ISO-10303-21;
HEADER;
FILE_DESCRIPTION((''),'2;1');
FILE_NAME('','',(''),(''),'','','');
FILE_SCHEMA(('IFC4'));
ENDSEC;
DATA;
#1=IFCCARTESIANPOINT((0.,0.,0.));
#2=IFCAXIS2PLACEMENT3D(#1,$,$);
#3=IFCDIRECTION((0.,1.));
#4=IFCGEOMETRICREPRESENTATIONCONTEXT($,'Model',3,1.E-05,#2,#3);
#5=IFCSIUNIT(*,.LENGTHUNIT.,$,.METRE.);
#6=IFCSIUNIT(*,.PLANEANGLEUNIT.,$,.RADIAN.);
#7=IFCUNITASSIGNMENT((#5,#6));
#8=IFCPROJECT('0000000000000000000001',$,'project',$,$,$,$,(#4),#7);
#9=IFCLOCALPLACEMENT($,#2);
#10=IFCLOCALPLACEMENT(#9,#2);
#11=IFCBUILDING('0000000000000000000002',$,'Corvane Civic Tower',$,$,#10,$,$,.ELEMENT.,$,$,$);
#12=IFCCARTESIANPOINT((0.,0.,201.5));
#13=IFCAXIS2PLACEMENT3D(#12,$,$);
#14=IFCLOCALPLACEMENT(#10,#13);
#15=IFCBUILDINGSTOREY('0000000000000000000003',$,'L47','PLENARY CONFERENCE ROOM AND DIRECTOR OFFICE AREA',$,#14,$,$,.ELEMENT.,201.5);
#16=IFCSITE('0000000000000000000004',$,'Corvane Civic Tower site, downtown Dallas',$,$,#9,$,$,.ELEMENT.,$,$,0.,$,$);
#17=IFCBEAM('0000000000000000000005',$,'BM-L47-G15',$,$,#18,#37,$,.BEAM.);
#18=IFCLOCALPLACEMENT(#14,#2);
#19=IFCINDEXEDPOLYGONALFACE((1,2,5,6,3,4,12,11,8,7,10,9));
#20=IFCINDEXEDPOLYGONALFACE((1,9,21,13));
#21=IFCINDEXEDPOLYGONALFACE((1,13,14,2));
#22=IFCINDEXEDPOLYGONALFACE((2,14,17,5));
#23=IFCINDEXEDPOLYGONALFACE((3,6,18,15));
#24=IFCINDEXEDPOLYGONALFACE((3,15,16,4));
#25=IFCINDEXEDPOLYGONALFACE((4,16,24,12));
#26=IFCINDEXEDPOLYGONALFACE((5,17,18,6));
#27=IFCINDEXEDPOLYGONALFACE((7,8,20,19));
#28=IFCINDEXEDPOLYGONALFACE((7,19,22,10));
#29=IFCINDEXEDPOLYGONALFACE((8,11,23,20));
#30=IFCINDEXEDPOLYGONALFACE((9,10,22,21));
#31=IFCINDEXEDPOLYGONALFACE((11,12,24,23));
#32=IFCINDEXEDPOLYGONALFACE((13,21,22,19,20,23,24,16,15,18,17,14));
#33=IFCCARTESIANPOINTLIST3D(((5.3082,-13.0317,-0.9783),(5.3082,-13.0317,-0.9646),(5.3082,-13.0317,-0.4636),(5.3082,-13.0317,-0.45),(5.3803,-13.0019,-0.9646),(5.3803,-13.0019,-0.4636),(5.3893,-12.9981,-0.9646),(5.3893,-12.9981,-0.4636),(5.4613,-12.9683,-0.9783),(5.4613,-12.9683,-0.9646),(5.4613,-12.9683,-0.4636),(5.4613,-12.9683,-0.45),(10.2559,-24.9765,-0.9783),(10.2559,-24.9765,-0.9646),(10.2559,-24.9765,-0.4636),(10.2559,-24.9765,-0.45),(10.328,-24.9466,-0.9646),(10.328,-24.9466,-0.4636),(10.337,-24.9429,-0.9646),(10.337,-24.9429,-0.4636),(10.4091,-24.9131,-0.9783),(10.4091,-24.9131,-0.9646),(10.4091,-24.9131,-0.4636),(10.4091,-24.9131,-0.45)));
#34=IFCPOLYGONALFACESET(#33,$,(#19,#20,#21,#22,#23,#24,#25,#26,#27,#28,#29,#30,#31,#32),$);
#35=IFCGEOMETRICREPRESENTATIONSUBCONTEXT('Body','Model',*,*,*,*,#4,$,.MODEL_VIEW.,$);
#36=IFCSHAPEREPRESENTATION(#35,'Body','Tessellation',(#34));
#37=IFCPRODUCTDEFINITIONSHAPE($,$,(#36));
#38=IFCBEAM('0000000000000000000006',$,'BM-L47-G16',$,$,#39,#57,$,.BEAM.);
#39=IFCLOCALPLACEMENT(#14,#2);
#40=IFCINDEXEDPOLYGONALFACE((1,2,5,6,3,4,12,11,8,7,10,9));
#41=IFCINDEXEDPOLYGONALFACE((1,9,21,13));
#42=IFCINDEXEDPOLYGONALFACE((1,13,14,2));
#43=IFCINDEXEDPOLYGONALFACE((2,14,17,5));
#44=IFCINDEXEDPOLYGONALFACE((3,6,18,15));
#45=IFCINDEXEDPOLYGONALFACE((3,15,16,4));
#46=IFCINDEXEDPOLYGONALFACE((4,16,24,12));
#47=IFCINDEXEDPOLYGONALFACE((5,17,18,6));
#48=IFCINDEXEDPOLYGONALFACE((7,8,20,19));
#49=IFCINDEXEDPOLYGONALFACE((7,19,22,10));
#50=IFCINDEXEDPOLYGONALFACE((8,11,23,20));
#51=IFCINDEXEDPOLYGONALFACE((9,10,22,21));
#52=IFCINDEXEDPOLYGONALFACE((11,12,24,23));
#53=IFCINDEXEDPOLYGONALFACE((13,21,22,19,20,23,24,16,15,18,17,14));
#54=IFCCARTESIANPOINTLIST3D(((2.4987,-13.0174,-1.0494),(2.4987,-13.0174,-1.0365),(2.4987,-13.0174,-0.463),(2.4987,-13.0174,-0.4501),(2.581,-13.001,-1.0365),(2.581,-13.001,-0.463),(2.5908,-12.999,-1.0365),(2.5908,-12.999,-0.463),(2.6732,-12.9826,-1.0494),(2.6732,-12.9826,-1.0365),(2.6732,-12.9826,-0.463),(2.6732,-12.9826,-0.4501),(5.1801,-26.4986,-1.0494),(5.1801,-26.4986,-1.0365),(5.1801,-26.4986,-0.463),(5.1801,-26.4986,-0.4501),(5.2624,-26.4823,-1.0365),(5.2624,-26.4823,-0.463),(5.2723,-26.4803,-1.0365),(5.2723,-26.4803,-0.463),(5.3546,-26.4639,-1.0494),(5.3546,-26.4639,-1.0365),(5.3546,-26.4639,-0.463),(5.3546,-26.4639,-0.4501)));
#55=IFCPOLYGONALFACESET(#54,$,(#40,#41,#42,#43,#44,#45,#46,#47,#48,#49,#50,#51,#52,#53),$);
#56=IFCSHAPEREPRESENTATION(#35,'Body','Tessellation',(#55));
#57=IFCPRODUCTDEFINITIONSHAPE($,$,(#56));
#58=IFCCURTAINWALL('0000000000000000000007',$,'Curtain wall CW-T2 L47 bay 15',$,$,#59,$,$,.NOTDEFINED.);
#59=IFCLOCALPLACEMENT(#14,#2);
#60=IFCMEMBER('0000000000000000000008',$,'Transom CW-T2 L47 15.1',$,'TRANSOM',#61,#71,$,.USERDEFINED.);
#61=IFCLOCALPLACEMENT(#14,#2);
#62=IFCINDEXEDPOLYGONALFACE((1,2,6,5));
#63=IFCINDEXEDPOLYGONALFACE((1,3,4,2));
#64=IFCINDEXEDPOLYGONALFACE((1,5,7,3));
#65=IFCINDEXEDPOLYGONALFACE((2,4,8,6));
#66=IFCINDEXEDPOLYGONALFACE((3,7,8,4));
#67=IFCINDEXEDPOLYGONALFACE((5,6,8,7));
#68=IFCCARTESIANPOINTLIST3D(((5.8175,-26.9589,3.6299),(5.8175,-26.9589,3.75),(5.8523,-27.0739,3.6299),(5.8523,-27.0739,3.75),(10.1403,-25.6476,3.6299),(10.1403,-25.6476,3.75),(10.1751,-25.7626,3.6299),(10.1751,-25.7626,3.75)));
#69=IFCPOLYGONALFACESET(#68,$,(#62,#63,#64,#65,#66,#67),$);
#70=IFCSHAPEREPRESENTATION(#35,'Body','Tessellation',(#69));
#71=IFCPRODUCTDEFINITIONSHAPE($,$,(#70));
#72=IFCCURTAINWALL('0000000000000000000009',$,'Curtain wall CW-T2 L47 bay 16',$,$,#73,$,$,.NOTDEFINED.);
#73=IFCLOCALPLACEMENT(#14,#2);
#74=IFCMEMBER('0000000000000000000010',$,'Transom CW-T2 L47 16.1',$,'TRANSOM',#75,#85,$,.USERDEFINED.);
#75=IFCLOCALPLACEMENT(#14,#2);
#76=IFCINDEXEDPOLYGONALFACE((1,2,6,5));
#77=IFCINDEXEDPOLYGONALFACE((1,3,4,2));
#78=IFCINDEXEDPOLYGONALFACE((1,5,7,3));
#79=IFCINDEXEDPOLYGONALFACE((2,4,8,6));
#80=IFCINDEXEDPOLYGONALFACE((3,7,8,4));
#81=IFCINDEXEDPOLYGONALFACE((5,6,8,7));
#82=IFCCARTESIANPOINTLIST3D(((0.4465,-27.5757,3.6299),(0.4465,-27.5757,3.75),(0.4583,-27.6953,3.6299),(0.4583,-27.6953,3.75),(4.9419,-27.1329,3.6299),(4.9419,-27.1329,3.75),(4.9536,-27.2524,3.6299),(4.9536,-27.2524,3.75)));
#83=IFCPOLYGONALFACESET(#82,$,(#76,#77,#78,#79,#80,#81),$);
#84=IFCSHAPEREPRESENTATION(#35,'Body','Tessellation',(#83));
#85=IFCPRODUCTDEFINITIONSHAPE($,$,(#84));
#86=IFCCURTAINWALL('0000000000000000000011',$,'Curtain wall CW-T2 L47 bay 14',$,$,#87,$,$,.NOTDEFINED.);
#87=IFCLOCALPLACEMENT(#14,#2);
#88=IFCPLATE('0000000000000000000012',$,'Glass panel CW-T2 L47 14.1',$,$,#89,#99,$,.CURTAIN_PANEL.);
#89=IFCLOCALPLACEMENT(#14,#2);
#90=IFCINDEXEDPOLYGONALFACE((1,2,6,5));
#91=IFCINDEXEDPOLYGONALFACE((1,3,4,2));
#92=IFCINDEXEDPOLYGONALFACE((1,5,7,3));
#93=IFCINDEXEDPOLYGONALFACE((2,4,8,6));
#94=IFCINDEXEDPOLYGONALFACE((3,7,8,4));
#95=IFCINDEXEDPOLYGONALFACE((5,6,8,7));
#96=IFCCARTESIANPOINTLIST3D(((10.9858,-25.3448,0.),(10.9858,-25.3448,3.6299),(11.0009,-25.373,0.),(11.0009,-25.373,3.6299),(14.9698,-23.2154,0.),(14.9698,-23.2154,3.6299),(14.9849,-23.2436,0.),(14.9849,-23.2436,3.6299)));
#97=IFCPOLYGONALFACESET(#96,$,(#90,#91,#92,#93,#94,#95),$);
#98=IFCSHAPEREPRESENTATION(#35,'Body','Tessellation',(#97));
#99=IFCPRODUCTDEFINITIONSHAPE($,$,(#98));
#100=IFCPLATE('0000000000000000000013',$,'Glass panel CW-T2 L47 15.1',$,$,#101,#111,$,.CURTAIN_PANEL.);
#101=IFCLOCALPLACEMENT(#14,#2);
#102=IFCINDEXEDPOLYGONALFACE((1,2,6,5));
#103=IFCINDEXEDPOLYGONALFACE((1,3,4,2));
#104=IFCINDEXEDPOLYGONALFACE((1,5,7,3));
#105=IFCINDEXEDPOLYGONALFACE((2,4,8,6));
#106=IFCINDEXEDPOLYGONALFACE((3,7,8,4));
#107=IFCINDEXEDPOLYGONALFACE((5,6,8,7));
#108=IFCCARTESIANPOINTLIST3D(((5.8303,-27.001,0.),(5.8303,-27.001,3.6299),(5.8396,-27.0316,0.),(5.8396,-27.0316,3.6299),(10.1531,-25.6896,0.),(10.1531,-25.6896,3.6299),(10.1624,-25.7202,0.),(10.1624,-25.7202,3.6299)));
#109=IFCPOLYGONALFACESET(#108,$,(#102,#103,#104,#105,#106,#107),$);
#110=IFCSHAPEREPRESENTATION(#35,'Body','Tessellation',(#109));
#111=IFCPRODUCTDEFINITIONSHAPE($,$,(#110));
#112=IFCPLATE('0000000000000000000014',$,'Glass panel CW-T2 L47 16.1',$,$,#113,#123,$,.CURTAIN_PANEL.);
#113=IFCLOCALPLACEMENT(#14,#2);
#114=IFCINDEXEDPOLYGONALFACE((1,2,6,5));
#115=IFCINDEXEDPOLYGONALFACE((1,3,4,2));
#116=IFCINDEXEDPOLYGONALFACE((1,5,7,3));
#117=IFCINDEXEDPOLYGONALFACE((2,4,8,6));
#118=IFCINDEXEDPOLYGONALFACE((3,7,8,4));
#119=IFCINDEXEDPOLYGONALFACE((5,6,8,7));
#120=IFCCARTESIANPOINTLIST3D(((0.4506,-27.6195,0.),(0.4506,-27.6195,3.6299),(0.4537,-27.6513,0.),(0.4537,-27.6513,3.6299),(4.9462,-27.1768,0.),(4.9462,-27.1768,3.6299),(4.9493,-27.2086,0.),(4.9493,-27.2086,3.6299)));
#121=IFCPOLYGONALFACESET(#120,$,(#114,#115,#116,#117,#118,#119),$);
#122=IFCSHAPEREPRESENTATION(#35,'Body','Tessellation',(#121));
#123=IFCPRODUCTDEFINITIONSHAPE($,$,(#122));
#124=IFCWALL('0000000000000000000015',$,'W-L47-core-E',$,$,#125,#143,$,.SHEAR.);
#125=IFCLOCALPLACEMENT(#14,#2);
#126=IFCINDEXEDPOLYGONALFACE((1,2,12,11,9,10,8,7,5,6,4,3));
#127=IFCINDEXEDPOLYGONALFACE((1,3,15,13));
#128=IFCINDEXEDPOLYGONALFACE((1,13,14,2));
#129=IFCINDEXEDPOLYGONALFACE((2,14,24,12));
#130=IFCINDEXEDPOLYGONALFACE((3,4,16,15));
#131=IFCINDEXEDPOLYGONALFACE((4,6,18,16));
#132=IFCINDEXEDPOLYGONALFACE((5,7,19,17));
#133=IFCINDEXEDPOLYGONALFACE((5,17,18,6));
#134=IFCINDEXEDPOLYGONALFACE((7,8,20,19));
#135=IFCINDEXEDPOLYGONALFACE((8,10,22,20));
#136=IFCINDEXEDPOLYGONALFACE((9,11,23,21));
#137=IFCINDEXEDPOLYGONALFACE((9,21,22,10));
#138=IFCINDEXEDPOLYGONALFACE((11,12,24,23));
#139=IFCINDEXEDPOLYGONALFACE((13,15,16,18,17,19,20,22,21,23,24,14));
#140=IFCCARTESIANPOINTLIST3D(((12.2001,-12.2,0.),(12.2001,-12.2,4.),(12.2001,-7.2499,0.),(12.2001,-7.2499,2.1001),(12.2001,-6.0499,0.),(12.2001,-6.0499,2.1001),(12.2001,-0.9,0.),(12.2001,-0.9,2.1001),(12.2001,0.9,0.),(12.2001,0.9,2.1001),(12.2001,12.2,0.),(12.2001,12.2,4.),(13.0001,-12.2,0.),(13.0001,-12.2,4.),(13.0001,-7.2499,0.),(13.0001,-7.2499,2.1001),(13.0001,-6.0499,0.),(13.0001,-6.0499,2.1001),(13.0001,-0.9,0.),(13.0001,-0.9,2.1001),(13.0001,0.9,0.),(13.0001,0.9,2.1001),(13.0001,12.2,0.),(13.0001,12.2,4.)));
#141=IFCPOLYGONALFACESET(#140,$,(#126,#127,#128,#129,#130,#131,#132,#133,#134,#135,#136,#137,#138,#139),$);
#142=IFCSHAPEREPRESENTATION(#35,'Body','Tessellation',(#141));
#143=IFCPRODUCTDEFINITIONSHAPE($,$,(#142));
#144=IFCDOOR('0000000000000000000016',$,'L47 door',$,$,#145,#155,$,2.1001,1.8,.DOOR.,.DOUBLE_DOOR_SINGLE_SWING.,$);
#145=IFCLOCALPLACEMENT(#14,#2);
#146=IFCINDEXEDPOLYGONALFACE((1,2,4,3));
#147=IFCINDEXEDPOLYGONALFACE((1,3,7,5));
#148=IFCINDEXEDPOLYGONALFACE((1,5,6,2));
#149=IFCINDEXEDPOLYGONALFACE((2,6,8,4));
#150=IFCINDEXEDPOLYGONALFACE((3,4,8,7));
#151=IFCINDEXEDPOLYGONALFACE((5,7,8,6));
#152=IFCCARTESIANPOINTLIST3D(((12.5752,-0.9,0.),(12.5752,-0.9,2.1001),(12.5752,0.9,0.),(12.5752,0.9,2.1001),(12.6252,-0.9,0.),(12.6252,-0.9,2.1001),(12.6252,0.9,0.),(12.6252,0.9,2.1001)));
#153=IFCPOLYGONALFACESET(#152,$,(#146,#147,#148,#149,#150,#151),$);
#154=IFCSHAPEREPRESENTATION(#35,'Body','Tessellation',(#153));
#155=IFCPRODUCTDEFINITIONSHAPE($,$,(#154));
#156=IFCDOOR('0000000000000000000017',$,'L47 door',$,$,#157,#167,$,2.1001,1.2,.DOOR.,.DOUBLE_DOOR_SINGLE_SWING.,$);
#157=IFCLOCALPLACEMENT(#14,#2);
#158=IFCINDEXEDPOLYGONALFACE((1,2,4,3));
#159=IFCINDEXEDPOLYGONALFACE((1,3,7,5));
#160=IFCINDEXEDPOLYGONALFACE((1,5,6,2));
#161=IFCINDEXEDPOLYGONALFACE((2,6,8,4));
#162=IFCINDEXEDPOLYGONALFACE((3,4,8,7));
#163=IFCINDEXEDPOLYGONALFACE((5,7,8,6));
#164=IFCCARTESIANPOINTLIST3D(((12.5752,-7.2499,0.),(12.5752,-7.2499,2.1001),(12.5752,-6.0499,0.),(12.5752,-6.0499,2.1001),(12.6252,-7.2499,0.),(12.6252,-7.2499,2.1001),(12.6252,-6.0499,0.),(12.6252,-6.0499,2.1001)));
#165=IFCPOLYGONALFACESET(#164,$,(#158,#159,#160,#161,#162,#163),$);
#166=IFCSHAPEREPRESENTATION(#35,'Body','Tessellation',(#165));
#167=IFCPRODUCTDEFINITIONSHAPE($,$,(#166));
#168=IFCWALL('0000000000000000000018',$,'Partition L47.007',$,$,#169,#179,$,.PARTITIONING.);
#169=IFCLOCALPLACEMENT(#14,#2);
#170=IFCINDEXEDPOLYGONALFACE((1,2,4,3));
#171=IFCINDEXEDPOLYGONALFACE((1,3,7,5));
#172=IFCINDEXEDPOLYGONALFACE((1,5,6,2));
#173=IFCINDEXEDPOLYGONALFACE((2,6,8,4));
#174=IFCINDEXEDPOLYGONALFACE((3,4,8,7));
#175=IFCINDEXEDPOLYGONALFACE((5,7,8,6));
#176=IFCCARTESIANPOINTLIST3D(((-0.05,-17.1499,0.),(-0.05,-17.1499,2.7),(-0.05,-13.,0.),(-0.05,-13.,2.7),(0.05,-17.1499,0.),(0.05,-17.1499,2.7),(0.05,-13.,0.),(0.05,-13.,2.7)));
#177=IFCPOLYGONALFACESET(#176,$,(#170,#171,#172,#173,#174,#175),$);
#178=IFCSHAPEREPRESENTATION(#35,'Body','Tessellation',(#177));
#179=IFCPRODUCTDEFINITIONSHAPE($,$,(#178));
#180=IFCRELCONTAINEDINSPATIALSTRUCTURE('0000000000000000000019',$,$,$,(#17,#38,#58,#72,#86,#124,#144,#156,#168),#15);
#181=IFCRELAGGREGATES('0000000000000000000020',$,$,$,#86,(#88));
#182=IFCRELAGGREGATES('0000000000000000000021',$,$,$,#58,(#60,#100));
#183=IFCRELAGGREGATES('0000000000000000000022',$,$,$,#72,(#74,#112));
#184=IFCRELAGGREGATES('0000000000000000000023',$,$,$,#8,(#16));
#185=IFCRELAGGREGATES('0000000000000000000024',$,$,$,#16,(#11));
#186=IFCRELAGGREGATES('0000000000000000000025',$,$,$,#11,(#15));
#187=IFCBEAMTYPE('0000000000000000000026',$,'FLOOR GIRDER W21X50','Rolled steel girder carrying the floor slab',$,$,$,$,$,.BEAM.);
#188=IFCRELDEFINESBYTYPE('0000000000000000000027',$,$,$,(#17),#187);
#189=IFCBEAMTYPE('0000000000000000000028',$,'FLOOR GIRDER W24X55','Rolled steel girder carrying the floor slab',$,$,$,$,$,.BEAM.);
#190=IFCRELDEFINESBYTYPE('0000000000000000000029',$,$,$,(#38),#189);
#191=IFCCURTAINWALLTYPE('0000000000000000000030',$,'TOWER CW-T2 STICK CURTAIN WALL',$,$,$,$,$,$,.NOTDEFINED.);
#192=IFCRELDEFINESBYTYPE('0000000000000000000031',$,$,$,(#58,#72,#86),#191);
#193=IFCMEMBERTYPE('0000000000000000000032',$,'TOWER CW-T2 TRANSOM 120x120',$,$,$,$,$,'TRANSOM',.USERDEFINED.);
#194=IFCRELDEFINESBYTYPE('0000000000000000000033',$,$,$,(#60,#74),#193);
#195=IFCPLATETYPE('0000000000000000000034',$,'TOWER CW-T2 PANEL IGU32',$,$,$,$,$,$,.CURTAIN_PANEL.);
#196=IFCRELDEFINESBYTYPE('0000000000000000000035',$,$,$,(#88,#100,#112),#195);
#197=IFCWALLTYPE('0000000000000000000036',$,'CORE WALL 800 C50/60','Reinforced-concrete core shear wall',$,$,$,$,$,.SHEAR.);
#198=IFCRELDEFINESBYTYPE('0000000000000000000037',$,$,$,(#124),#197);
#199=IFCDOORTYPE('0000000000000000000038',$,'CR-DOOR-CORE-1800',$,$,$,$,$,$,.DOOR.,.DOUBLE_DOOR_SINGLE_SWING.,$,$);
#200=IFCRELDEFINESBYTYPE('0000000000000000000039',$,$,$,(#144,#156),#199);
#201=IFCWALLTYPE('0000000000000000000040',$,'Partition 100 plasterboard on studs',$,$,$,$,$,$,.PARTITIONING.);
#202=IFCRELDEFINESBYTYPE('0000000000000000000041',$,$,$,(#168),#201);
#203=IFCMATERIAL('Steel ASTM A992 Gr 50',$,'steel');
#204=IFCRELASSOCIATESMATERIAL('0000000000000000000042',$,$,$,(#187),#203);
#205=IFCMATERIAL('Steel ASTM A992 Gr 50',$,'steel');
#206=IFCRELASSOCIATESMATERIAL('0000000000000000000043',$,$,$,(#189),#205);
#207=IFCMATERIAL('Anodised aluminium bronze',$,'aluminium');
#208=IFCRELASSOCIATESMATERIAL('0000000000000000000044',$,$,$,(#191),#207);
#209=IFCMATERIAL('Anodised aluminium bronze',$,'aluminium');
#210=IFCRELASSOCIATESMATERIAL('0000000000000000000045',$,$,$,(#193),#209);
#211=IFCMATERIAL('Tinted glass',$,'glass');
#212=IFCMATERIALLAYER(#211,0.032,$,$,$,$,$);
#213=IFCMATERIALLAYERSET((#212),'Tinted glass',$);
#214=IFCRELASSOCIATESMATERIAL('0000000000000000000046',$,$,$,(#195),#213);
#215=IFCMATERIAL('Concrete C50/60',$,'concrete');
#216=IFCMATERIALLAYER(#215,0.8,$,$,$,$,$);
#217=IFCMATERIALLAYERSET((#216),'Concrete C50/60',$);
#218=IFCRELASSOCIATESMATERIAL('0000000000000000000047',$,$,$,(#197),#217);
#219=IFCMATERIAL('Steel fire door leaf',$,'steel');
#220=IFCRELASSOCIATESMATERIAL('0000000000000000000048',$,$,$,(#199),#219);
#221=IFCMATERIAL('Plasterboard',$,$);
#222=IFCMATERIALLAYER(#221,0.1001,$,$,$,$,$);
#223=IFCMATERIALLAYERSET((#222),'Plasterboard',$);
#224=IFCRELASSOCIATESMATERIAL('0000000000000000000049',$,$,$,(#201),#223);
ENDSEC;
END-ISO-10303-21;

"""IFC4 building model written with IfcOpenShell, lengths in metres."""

from ifc_helpers import new_model, si_unit, direction, frame, frame_2d, origin, origin_2d, place, context, subcontext, project, spatial, rectangle, i_section, extrude, material, layer, layer_set, material_profile, profile_set, type_object, element, fill, aggregate, save


model = new_model("IFC4")

# Units and contexts
model_context = context("Model", 3, precision=1e-05, world=origin(), true_north=direction((0.0, 1.0)))
body_context = subcontext(model_context, "Body", "Model", "MODEL_VIEW")
ifc_project = project(units=[si_unit("LENGTHUNIT", "METRE"), si_unit("PLANEANGLEUNIT", "RADIAN")], contexts=[model_context])

# Site, building, storey
site_placement = place(None, origin())
site = spatial("IfcSite", under=ifc_project, at=site_placement, Name="Corvane Civic Tower site, downtown Dallas", CompositionType="ELEMENT", RefElevation=0.0)
building_placement = place(site_placement, origin())
building = spatial("IfcBuilding", under=site, at=building_placement, Name="Corvane Civic Tower", CompositionType="ELEMENT")
storey_placement = place(building_placement, frame((0.0, 0.0, 201.5)))
storey = spatial("IfcBuildingStorey", under=building, at=storey_placement, Name="L47", Description="PLENARY CONFERENCE ROOM AND DIRECTOR OFFICE AREA", CompositionType="ELEMENT", Elevation=201.5)

# Beams
ifc_material_1 = material(Name="Steel ASTM A992 Gr 50", Category="steel")
ifc_material_profile_1 = material_profile(ifc_material_1, i_section(OverallWidth=0.1658, OverallDepth=0.5283, WebThickness=0.0098, FlangeThickness=0.0137, at=origin_2d()), Name="W21X50")
ifc_profile_set_1 = profile_set([ifc_material_profile_1], Name="Steel ASTM A992 Gr 50")
beam_type_1 = type_object("IfcBeamType", Name="FLOOR GIRDER W21X50", Description="Rolled steel girder carrying the floor slab", PredefinedType="BEAM", material=ifc_profile_set_1)
beam_1_placement = place(storey_placement, frame((5.3848, -13.0, -0.7141), z_axis=(0.382686, -0.923878, 0.0), x_axis=(0.923878, 0.382686, 0.0)))
element("IfcBeam", 1, at=beam_1_placement, inside=storey, type_object=beam_type_1, Name="BM-L47-G15", PredefinedType="BEAM", context=body_context, shape_type="SweptSolid", body=[
    extrude(i_section(OverallWidth=0.1658, OverallDepth=0.5283, WebThickness=0.0098, FlangeThickness=0.0137, at=origin_2d()), origin(), (0.0, 0.0, 1.0), 12.929),
])
ifc_material_2 = material(Name="Steel ASTM A992 Gr 50", Category="steel")
ifc_material_profile_2 = material_profile(ifc_material_2, i_section(OverallWidth=0.178, OverallDepth=0.5994, WebThickness=0.01, FlangeThickness=0.0129, at=origin_2d()), Name="W24X55")
ifc_profile_set_2 = profile_set([ifc_material_profile_2], Name="Steel ASTM A992 Gr 50")
beam_type_2 = type_object("IfcBeamType", Name="FLOOR GIRDER W24X55", Description="Rolled steel girder carrying the floor slab", PredefinedType="BEAM", material=ifc_profile_set_2)
beam_2_placement = place(storey_placement, frame((2.5859, -13.0, -0.7498), z_axis=(0.195078, -0.980788, 0.0), x_axis=(0.980788, 0.195078, 0.0)))
element("IfcBeam", 2, at=beam_2_placement, inside=storey, type_object=beam_type_2, Name="BM-L47-G16", PredefinedType="BEAM", context=body_context, shape_type="SweptSolid", body=[
    extrude(i_section(OverallWidth=0.178, OverallDepth=0.5994, WebThickness=0.01, FlangeThickness=0.0129, at=origin_2d()), origin(), (0.0, 0.0, 1.0), 13.7454),
])

# Curtain walls, members
ifc_material_3 = material(Name="Anodised aluminium bronze", Category="aluminium")
curtain_wall_type = type_object("IfcCurtainWallType", Name="TOWER CW-T2 STICK CURTAIN WALL", PredefinedType="NOTDEFINED", material=ifc_material_3)
curtain_wall_1_placement = place(storey_placement, origin())
curtain_wall_1 = element("IfcCurtainWall", 3, at=curtain_wall_1_placement, inside=storey, type_object=curtain_wall_type, Name="Curtain wall CW-T2 L47 bay 15", PredefinedType="NOTDEFINED")
ifc_material_4 = material(Name="Anodised aluminium bronze", Category="aluminium")
ifc_material_profile_3 = material_profile(ifc_material_4, rectangle(XDim=0.1201, YDim=0.1201, at=origin_2d()), Name="TOWER CW-T2 TRANSOM 120x120")
ifc_profile_set_3 = profile_set([ifc_material_profile_3], Name="Anodised aluminium bronze")
member_type = type_object("IfcMemberType", Name="TOWER CW-T2 TRANSOM 120x120", ElementType="TRANSOM", PredefinedType="USERDEFINED", material=ifc_profile_set_3)
member_1_placement = place(storey_placement, frame((10.1577, -25.7051, 3.6899), z_axis=(-0.956941, -0.290282, 0.0), x_axis=(0.290282, -0.956941, 0.0)))
member_1 = element("IfcMember", 4, at=member_1_placement, type_object=member_type, Name="Transom CW-T2 L47 15.1", ObjectType="TRANSOM", PredefinedType="USERDEFINED", context=body_context, shape_type="SweptSolid", body=[
    extrude(rectangle(XDim=0.1201, YDim=0.1201, at=origin_2d()), origin(), (0.0, 0.0, 1.0), 4.5173),
])
curtain_wall_2_placement = place(storey_placement, origin())
curtain_wall_2 = element("IfcCurtainWall", 5, at=curtain_wall_2_placement, inside=storey, type_object=curtain_wall_type, Name="Curtain wall CW-T2 L47 bay 16", PredefinedType="NOTDEFINED")
member_2_placement = place(storey_placement, frame((4.9478, -27.1926, 3.6899), z_axis=(-0.995182, -0.098043, 0.0), x_axis=(0.098043, -0.995182, 0.0)))
member_2 = element("IfcMember", 6, at=member_2_placement, type_object=member_type, Name="Transom CW-T2 L47 16.1", ObjectType="TRANSOM", PredefinedType="USERDEFINED", context=body_context, shape_type="SweptSolid", body=[
    extrude(rectangle(XDim=0.1201, YDim=0.1201, at=origin_2d()), origin(), (0.0, 0.0, 1.0), 4.5171),
])

# Curtain wall, plate
curtain_wall_3_placement = place(storey_placement, origin())
curtain_wall_3 = element("IfcCurtainWall", 7, at=curtain_wall_3_placement, inside=storey, type_object=curtain_wall_type, Name="Curtain wall CW-T2 L47 bay 14", PredefinedType="NOTDEFINED")
ifc_material_5 = material(Name="Tinted glass", Category="glass")
ifc_layer_1 = layer(ifc_material_5, 0.032)
ifc_layer_set_1 = layer_set([ifc_layer_1], Name="Tinted glass")
plate_type = type_object("IfcPlateType", Name="TOWER CW-T2 PANEL IGU32", PredefinedType="CURTAIN_PANEL", material=ifc_layer_set_1)
plate_1_placement = place(storey_placement, frame((12.9854, -24.2942, 0.0), z_axis=(0.0, 0.0, 1.0), x_axis=(-0.88192, -0.471398, 0.0)))
plate_1 = element("IfcPlate", 8, at=plate_1_placement, type_object=plate_type, Name="Glass panel CW-T2 L47 14.1", PredefinedType="CURTAIN_PANEL", context=body_context, shape_type="SweptSolid", body=[
    extrude(rectangle(XDim=4.5173, YDim=0.032, at=origin_2d()), origin(), (0.0, 0.0, 1.0), 3.6299),
])
aggregate(curtain_wall_3, [plate_1])

# Plates
plate_2_placement = place(storey_placement, frame((7.9963, -26.3606, 0.0), z_axis=(0.0, 0.0, 1.0), x_axis=(-0.956939, -0.29029, 0.0)))
plate_2 = element("IfcPlate", 9, at=plate_2_placement, type_object=plate_type, Name="Glass panel CW-T2 L47 15.1", PredefinedType="CURTAIN_PANEL", context=body_context, shape_type="SweptSolid", body=[
    extrude(rectangle(XDim=4.5173, YDim=0.032, at=origin_2d()), origin(), (0.0, 0.0, 1.0), 3.6299),
])
aggregate(curtain_wall_1, [member_1, plate_2])
plate_3_placement = place(storey_placement, frame((2.7, -27.4141, 0.0), z_axis=(0.0, 0.0, 1.0), x_axis=(-0.995187, -0.097993, 0.0)))
plate_3 = element("IfcPlate", 10, at=plate_3_placement, type_object=plate_type, Name="Glass panel CW-T2 L47 16.1", PredefinedType="CURTAIN_PANEL", context=body_context, shape_type="SweptSolid", body=[
    extrude(rectangle(XDim=4.5173, YDim=0.032, at=origin_2d()), origin(), (0.0, 0.0, 1.0), 3.6299),
])
aggregate(curtain_wall_2, [member_2, plate_3])

# Wall, openings, doors
ifc_material_6 = material(Name="Concrete C50/60", Category="concrete")
ifc_layer_2 = layer(ifc_material_6, 0.8)
ifc_layer_set_2 = layer_set([ifc_layer_2], Name="Concrete C50/60")
wall_type_1 = type_object("IfcWallType", Name="CORE WALL 800 C50/60", Description="Reinforced-concrete core shear wall", PredefinedType="SHEAR", material=ifc_layer_set_2)
wall_1_placement = place(storey_placement, frame((12.6001, -12.2, 0.0), z_axis=(0.0, 0.0, 1.0), x_axis=(0.0, 1.0, 0.0)))
wall_1 = element("IfcWall", 11, at=wall_1_placement, inside=storey, type_object=wall_type_1, Name="W-L47-core-E", PredefinedType="SHEAR", context=body_context, shape_type="SweptSolid", body=[
    extrude(rectangle(XDim=24.3999, YDim=0.8, at=frame_2d((12.2, 0.0))), origin(), (0.0, 0.0, 1.0), 4.0),
])
opening_1_placement = place(wall_1_placement, frame((11.3, 0.0, 0.0)))
opening_1 = element("IfcOpeningElement", 12, at=opening_1_placement, cuts=wall_1, PredefinedType="OPENING", context=body_context, shape_type="SweptSolid", body=[
    extrude(rectangle(XDim=1.8, YDim=2.1001, at=frame_2d((0.8999, 1.05))), frame((0.0, 0.4099, 0.0), z_axis=(0.0, -1.0, 0.0), x_axis=(1.0, 0.0, 0.0)), (0.0, 0.0, 1.0), 0.8201),
])
opening_2_placement = place(wall_1_placement, frame((4.95, 0.0, 0.0)))
opening_2 = element("IfcOpeningElement", 13, at=opening_2_placement, cuts=wall_1, PredefinedType="OPENING", context=body_context, shape_type="SweptSolid", body=[
    extrude(rectangle(XDim=1.2, YDim=2.1001, at=frame_2d((0.6001, 1.05))), frame((0.0, 0.4099, 0.0), z_axis=(0.0, -1.0, 0.0), x_axis=(1.0, 0.0, 0.0)), (0.0, 0.0, 1.0), 0.8201),
])
ifc_material_7 = material(Name="Steel fire door leaf", Category="steel")
door_type_1 = type_object("IfcDoorType", Name="CR-DOOR-CORE-1800", OperationType="DOUBLE_DOOR_SINGLE_SWING", PredefinedType="DOOR", material=ifc_material_7)
door_1_placement = place(opening_1_placement, origin())
door_1 = element("IfcDoor", 14, at=door_1_placement, inside=storey, type_object=door_type_1, Name="L47 door", OperationType="DOUBLE_DOOR_SINGLE_SWING", OverallHeight=2.1001, OverallWidth=1.8, PredefinedType="DOOR", context=body_context, shape_type="SweptSolid", body=[
    extrude(rectangle(XDim=1.8, YDim=2.1001, at=frame_2d((0.8999, 1.05))), frame((0.0, 0.0249, 0.0), z_axis=(0.0, -1.0, 0.0), x_axis=(1.0, 0.0, 0.0)), (0.0, 0.0, 1.0), 0.05),
])
fill(opening_1, door_1)
door_2_placement = place(opening_2_placement, origin())
door_2 = element("IfcDoor", 15, at=door_2_placement, inside=storey, type_object=door_type_1, Name="L47 door", OperationType="DOUBLE_DOOR_SINGLE_SWING", OverallHeight=2.1001, OverallWidth=1.2, PredefinedType="DOOR", context=body_context, shape_type="SweptSolid", body=[
    extrude(rectangle(XDim=1.2, YDim=2.1001, at=frame_2d((0.6001, 1.05))), frame((0.0, 0.0249, 0.0), z_axis=(0.0, -1.0, 0.0), x_axis=(1.0, 0.0, 0.0)), (0.0, 0.0, 1.0), 0.05),
])
fill(opening_2, door_2)

# Wall
ifc_material_8 = material(Name="Plasterboard")
ifc_layer_3 = layer(ifc_material_8, 0.1001)
ifc_layer_set_3 = layer_set([ifc_layer_3], Name="Plasterboard")
wall_type_2 = type_object("IfcWallType", Name="Partition 100 plasterboard on studs", PredefinedType="PARTITIONING", material=ifc_layer_set_3)
wall_2_placement = place(storey_placement, frame((0.0, -17.1499, 0.0), z_axis=(0.0, 0.0, 1.0), x_axis=(0.0, 1.0, 0.0)))
element("IfcWall", 16, at=wall_2_placement, inside=storey, type_object=wall_type_2, Name="Partition L47.007", PredefinedType="PARTITIONING", context=body_context, shape_type="SweptSolid", body=[
    extrude(rectangle(XDim=4.1499, YDim=0.1001, at=frame_2d((2.075, 0.0))), origin(), (0.0, 0.0, 1.0), 2.7),
])

save(model, "model.ifc")
